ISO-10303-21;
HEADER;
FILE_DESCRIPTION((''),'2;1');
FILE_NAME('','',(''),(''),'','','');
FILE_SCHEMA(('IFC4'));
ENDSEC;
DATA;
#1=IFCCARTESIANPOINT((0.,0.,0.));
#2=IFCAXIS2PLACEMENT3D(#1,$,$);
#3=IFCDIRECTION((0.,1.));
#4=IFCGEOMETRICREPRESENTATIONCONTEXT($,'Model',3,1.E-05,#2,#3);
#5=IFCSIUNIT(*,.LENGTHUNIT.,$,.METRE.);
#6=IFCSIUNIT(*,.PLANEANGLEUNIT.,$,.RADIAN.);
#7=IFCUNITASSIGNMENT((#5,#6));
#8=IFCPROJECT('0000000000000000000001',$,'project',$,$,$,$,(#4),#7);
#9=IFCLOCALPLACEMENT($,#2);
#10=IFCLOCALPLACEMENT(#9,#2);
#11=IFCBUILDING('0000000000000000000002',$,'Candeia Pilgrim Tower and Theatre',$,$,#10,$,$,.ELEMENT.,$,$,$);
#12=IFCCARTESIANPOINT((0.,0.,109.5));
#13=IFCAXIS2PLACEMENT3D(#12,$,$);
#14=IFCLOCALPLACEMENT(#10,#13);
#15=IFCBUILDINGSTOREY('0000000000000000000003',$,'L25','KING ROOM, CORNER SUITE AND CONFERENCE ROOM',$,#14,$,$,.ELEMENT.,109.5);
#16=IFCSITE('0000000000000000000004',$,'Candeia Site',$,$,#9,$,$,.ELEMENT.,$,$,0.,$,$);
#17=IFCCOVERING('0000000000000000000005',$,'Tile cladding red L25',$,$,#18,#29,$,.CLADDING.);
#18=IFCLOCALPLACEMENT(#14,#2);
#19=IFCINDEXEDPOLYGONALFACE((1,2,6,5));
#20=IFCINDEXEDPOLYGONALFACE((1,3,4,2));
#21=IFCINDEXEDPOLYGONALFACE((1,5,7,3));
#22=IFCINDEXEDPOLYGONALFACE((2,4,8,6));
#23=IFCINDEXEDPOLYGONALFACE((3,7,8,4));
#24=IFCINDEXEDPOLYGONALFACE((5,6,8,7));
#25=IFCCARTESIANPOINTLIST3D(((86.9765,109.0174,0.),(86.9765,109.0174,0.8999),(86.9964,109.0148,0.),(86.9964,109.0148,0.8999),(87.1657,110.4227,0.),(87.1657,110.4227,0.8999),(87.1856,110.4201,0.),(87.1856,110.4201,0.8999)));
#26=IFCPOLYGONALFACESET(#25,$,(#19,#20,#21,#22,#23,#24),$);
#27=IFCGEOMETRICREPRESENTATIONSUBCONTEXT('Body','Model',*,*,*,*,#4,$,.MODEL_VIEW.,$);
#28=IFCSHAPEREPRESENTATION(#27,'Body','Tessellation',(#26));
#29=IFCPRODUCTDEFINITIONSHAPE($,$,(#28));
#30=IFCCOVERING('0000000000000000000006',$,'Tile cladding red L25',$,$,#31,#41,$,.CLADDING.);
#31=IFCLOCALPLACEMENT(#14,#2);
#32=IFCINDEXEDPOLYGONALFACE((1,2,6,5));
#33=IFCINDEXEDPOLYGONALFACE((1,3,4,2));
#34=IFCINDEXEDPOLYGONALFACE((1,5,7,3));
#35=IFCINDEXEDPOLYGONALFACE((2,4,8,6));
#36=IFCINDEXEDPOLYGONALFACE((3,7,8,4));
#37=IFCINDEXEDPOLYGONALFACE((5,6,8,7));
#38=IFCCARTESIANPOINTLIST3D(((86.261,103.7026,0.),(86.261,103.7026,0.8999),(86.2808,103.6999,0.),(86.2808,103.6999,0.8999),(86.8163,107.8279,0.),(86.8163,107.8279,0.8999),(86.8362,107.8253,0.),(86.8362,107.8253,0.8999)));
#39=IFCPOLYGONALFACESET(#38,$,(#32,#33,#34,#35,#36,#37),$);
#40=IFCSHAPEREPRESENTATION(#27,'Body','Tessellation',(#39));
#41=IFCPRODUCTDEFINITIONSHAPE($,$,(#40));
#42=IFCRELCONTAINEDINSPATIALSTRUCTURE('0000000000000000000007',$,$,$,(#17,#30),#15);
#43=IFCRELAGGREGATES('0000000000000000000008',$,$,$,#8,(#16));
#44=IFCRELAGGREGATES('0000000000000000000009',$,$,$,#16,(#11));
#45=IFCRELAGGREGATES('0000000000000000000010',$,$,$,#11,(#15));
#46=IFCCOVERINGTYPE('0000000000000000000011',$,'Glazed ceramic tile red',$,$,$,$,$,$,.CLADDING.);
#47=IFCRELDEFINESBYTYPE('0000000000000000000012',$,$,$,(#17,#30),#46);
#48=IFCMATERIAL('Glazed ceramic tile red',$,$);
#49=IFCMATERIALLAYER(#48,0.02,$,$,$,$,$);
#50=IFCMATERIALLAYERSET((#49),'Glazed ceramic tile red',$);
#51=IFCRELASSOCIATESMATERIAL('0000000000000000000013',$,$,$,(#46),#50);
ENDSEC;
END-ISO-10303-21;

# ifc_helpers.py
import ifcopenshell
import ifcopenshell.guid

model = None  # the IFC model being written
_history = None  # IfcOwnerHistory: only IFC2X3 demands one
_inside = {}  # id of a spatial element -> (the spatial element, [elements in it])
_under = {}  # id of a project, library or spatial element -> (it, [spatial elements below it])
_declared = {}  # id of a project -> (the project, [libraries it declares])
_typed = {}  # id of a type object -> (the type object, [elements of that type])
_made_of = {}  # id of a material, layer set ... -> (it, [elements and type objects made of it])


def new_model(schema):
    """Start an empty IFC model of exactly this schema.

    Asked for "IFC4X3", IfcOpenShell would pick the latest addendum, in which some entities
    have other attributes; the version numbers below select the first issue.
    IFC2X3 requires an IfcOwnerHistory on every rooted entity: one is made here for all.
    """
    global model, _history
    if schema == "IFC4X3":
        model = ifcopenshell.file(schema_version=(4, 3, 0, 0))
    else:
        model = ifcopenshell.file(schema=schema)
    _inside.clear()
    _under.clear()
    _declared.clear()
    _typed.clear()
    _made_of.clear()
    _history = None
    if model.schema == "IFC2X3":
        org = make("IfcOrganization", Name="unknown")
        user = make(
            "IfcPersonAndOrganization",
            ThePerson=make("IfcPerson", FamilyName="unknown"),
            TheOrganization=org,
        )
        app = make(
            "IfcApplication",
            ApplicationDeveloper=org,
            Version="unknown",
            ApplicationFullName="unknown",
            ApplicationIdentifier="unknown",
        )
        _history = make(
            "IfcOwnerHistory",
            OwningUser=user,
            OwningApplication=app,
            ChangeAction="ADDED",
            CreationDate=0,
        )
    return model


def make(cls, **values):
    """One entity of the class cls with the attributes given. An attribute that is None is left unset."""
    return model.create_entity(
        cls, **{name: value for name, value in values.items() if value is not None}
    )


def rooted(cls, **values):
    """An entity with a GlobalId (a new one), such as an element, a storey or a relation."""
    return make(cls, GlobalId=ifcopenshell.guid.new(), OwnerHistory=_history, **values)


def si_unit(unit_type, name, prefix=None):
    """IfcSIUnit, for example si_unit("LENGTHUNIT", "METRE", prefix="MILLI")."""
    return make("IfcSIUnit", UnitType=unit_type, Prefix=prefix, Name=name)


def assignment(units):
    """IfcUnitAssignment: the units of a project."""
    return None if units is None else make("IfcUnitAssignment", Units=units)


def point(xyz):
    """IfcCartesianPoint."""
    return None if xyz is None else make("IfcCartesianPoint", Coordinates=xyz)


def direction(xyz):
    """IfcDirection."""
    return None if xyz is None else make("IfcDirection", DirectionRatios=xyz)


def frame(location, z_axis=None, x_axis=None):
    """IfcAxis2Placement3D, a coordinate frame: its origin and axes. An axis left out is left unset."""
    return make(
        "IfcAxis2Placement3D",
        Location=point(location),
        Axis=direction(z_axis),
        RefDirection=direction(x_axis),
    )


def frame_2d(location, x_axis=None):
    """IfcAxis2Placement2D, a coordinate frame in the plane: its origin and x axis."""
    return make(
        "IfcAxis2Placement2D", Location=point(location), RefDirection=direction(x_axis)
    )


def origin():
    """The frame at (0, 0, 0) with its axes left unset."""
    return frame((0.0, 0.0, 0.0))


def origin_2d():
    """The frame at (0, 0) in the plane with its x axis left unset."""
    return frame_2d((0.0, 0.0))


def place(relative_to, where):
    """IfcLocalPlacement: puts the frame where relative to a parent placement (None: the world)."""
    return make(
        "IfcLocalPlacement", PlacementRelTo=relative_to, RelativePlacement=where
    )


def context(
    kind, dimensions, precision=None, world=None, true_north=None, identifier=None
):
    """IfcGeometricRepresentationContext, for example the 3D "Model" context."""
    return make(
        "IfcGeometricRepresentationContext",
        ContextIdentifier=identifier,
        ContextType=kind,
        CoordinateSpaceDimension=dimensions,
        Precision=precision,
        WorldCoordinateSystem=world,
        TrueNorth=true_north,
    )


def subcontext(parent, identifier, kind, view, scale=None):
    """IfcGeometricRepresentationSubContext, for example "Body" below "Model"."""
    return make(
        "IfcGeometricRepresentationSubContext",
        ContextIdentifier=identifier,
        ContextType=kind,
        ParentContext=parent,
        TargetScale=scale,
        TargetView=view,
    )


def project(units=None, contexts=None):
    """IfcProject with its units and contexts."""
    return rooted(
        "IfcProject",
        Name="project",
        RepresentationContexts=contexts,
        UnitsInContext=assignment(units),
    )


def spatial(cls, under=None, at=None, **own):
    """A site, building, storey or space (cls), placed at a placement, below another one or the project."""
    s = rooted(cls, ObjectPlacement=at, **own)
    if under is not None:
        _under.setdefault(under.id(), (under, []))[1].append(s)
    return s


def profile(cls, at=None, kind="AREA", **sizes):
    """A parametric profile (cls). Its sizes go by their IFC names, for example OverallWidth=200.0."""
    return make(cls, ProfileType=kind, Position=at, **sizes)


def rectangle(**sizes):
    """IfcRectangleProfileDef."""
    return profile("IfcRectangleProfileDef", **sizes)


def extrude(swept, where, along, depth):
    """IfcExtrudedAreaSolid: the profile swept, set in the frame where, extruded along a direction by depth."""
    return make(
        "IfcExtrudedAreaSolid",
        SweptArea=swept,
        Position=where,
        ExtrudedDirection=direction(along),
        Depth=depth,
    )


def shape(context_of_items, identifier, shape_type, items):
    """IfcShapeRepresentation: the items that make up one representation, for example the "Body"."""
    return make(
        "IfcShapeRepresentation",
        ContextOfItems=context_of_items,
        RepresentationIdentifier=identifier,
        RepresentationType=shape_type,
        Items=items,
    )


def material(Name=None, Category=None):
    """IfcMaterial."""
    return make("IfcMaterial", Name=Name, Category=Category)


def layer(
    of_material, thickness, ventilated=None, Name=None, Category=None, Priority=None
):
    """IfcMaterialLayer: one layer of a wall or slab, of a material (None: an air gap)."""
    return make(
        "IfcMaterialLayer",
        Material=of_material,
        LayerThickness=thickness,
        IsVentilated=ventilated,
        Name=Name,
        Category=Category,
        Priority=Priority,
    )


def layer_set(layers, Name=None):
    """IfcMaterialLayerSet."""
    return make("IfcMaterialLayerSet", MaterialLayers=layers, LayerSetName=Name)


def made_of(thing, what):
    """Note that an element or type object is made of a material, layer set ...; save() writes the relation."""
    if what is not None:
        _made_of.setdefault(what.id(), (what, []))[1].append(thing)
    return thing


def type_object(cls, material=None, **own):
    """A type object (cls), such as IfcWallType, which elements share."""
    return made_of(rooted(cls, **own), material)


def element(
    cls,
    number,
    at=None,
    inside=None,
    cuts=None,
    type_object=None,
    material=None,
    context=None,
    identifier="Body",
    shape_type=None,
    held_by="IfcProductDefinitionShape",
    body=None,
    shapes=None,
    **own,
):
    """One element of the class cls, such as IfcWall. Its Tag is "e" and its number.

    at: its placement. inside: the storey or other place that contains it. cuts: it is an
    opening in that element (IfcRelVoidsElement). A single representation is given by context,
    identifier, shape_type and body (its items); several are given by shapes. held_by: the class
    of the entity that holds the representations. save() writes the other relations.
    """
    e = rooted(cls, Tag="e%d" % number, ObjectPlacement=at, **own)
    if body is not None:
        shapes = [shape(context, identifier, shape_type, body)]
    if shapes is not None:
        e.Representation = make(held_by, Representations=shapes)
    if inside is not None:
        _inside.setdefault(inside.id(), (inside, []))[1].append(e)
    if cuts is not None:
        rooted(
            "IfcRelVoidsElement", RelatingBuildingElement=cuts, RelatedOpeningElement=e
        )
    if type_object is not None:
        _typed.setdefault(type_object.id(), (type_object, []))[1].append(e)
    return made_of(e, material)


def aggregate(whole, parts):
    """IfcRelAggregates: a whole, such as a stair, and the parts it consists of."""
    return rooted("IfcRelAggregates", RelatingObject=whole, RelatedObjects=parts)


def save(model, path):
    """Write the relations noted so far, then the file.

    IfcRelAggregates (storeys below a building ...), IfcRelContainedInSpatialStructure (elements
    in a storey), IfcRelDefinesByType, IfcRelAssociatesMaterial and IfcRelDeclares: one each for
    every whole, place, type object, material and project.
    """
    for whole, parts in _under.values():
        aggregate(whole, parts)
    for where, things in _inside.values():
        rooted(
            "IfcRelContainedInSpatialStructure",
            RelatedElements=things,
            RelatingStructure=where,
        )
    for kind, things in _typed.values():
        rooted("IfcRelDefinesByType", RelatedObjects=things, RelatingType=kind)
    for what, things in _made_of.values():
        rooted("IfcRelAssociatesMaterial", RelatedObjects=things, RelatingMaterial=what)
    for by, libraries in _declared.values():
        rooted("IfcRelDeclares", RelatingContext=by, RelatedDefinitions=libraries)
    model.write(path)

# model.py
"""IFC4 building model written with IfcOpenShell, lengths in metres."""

from ifc_helpers import new_model, si_unit, direction, frame, origin, origin_2d, place, context, subcontext, project, spatial, rectangle, extrude, material, layer, layer_set, type_object, element, save


model = new_model("IFC4")

# Units and contexts
model_context = context("Model", 3, precision=1e-05, world=origin(), true_north=direction((0.0, 1.0)))
body_context = subcontext(model_context, "Body", "Model", "MODEL_VIEW")
ifc_project = project(units=[si_unit("LENGTHUNIT", "METRE"), si_unit("PLANEANGLEUNIT", "RADIAN")], contexts=[model_context])

# Site, building, storey
site_placement = place(None, origin())
site = spatial("IfcSite", under=ifc_project, at=site_placement, Name="Candeia Site", CompositionType="ELEMENT", RefElevation=0.0)
building_placement = place(site_placement, origin())
building = spatial("IfcBuilding", under=site, at=building_placement, Name="Candeia Pilgrim Tower and Theatre", CompositionType="ELEMENT")
storey_placement = place(building_placement, frame((0.0, 0.0, 109.5)))
storey = spatial("IfcBuildingStorey", under=building, at=storey_placement, Name="L25", Description="KING ROOM, CORNER SUITE AND CONFERENCE ROOM", CompositionType="ELEMENT", Elevation=109.5)

# Coverings
ifc_material_1 = material(Name="Glazed ceramic tile red")
ifc_layer_1 = layer(ifc_material_1, 0.02)
ifc_layer_set_1 = layer_set([ifc_layer_1], Name="Glazed ceramic tile red")
covering_type = type_object("IfcCoveringType", Name="Glazed ceramic tile red", PredefinedType="CLADDING", material=ifc_layer_set_1)
covering_1_placement = place(storey_placement, frame((87.0811, 109.7188, 0.0), z_axis=(0.0, 0.0, 1.0), x_axis=(-0.133412, -0.991061, 0.0)))
element("IfcCovering", 1, at=covering_1_placement, inside=storey, type_object=covering_type, Name="Tile cladding red L25", PredefinedType="CLADDING", context=body_context, shape_type="SweptSolid", body=[
    extrude(rectangle(XDim=1.418, YDim=0.02, at=origin_2d()), origin(), (0.0, 0.0, 1.0), 0.8999),
])
covering_2_placement = place(storey_placement, frame((86.5486, 105.7639, 0.0), z_axis=(0.0, 0.0, 1.0), x_axis=(-0.133412, -0.991061, 0.0)))
element("IfcCovering", 2, at=covering_2_placement, inside=storey, type_object=covering_type, Name="Tile cladding red L25", PredefinedType="CLADDING", context=body_context, shape_type="SweptSolid", body=[
    extrude(rectangle(XDim=4.1626, YDim=0.02, at=origin_2d()), origin(), (0.0, 0.0, 1.0), 0.8999),
])

save(model, "model.ifc")
